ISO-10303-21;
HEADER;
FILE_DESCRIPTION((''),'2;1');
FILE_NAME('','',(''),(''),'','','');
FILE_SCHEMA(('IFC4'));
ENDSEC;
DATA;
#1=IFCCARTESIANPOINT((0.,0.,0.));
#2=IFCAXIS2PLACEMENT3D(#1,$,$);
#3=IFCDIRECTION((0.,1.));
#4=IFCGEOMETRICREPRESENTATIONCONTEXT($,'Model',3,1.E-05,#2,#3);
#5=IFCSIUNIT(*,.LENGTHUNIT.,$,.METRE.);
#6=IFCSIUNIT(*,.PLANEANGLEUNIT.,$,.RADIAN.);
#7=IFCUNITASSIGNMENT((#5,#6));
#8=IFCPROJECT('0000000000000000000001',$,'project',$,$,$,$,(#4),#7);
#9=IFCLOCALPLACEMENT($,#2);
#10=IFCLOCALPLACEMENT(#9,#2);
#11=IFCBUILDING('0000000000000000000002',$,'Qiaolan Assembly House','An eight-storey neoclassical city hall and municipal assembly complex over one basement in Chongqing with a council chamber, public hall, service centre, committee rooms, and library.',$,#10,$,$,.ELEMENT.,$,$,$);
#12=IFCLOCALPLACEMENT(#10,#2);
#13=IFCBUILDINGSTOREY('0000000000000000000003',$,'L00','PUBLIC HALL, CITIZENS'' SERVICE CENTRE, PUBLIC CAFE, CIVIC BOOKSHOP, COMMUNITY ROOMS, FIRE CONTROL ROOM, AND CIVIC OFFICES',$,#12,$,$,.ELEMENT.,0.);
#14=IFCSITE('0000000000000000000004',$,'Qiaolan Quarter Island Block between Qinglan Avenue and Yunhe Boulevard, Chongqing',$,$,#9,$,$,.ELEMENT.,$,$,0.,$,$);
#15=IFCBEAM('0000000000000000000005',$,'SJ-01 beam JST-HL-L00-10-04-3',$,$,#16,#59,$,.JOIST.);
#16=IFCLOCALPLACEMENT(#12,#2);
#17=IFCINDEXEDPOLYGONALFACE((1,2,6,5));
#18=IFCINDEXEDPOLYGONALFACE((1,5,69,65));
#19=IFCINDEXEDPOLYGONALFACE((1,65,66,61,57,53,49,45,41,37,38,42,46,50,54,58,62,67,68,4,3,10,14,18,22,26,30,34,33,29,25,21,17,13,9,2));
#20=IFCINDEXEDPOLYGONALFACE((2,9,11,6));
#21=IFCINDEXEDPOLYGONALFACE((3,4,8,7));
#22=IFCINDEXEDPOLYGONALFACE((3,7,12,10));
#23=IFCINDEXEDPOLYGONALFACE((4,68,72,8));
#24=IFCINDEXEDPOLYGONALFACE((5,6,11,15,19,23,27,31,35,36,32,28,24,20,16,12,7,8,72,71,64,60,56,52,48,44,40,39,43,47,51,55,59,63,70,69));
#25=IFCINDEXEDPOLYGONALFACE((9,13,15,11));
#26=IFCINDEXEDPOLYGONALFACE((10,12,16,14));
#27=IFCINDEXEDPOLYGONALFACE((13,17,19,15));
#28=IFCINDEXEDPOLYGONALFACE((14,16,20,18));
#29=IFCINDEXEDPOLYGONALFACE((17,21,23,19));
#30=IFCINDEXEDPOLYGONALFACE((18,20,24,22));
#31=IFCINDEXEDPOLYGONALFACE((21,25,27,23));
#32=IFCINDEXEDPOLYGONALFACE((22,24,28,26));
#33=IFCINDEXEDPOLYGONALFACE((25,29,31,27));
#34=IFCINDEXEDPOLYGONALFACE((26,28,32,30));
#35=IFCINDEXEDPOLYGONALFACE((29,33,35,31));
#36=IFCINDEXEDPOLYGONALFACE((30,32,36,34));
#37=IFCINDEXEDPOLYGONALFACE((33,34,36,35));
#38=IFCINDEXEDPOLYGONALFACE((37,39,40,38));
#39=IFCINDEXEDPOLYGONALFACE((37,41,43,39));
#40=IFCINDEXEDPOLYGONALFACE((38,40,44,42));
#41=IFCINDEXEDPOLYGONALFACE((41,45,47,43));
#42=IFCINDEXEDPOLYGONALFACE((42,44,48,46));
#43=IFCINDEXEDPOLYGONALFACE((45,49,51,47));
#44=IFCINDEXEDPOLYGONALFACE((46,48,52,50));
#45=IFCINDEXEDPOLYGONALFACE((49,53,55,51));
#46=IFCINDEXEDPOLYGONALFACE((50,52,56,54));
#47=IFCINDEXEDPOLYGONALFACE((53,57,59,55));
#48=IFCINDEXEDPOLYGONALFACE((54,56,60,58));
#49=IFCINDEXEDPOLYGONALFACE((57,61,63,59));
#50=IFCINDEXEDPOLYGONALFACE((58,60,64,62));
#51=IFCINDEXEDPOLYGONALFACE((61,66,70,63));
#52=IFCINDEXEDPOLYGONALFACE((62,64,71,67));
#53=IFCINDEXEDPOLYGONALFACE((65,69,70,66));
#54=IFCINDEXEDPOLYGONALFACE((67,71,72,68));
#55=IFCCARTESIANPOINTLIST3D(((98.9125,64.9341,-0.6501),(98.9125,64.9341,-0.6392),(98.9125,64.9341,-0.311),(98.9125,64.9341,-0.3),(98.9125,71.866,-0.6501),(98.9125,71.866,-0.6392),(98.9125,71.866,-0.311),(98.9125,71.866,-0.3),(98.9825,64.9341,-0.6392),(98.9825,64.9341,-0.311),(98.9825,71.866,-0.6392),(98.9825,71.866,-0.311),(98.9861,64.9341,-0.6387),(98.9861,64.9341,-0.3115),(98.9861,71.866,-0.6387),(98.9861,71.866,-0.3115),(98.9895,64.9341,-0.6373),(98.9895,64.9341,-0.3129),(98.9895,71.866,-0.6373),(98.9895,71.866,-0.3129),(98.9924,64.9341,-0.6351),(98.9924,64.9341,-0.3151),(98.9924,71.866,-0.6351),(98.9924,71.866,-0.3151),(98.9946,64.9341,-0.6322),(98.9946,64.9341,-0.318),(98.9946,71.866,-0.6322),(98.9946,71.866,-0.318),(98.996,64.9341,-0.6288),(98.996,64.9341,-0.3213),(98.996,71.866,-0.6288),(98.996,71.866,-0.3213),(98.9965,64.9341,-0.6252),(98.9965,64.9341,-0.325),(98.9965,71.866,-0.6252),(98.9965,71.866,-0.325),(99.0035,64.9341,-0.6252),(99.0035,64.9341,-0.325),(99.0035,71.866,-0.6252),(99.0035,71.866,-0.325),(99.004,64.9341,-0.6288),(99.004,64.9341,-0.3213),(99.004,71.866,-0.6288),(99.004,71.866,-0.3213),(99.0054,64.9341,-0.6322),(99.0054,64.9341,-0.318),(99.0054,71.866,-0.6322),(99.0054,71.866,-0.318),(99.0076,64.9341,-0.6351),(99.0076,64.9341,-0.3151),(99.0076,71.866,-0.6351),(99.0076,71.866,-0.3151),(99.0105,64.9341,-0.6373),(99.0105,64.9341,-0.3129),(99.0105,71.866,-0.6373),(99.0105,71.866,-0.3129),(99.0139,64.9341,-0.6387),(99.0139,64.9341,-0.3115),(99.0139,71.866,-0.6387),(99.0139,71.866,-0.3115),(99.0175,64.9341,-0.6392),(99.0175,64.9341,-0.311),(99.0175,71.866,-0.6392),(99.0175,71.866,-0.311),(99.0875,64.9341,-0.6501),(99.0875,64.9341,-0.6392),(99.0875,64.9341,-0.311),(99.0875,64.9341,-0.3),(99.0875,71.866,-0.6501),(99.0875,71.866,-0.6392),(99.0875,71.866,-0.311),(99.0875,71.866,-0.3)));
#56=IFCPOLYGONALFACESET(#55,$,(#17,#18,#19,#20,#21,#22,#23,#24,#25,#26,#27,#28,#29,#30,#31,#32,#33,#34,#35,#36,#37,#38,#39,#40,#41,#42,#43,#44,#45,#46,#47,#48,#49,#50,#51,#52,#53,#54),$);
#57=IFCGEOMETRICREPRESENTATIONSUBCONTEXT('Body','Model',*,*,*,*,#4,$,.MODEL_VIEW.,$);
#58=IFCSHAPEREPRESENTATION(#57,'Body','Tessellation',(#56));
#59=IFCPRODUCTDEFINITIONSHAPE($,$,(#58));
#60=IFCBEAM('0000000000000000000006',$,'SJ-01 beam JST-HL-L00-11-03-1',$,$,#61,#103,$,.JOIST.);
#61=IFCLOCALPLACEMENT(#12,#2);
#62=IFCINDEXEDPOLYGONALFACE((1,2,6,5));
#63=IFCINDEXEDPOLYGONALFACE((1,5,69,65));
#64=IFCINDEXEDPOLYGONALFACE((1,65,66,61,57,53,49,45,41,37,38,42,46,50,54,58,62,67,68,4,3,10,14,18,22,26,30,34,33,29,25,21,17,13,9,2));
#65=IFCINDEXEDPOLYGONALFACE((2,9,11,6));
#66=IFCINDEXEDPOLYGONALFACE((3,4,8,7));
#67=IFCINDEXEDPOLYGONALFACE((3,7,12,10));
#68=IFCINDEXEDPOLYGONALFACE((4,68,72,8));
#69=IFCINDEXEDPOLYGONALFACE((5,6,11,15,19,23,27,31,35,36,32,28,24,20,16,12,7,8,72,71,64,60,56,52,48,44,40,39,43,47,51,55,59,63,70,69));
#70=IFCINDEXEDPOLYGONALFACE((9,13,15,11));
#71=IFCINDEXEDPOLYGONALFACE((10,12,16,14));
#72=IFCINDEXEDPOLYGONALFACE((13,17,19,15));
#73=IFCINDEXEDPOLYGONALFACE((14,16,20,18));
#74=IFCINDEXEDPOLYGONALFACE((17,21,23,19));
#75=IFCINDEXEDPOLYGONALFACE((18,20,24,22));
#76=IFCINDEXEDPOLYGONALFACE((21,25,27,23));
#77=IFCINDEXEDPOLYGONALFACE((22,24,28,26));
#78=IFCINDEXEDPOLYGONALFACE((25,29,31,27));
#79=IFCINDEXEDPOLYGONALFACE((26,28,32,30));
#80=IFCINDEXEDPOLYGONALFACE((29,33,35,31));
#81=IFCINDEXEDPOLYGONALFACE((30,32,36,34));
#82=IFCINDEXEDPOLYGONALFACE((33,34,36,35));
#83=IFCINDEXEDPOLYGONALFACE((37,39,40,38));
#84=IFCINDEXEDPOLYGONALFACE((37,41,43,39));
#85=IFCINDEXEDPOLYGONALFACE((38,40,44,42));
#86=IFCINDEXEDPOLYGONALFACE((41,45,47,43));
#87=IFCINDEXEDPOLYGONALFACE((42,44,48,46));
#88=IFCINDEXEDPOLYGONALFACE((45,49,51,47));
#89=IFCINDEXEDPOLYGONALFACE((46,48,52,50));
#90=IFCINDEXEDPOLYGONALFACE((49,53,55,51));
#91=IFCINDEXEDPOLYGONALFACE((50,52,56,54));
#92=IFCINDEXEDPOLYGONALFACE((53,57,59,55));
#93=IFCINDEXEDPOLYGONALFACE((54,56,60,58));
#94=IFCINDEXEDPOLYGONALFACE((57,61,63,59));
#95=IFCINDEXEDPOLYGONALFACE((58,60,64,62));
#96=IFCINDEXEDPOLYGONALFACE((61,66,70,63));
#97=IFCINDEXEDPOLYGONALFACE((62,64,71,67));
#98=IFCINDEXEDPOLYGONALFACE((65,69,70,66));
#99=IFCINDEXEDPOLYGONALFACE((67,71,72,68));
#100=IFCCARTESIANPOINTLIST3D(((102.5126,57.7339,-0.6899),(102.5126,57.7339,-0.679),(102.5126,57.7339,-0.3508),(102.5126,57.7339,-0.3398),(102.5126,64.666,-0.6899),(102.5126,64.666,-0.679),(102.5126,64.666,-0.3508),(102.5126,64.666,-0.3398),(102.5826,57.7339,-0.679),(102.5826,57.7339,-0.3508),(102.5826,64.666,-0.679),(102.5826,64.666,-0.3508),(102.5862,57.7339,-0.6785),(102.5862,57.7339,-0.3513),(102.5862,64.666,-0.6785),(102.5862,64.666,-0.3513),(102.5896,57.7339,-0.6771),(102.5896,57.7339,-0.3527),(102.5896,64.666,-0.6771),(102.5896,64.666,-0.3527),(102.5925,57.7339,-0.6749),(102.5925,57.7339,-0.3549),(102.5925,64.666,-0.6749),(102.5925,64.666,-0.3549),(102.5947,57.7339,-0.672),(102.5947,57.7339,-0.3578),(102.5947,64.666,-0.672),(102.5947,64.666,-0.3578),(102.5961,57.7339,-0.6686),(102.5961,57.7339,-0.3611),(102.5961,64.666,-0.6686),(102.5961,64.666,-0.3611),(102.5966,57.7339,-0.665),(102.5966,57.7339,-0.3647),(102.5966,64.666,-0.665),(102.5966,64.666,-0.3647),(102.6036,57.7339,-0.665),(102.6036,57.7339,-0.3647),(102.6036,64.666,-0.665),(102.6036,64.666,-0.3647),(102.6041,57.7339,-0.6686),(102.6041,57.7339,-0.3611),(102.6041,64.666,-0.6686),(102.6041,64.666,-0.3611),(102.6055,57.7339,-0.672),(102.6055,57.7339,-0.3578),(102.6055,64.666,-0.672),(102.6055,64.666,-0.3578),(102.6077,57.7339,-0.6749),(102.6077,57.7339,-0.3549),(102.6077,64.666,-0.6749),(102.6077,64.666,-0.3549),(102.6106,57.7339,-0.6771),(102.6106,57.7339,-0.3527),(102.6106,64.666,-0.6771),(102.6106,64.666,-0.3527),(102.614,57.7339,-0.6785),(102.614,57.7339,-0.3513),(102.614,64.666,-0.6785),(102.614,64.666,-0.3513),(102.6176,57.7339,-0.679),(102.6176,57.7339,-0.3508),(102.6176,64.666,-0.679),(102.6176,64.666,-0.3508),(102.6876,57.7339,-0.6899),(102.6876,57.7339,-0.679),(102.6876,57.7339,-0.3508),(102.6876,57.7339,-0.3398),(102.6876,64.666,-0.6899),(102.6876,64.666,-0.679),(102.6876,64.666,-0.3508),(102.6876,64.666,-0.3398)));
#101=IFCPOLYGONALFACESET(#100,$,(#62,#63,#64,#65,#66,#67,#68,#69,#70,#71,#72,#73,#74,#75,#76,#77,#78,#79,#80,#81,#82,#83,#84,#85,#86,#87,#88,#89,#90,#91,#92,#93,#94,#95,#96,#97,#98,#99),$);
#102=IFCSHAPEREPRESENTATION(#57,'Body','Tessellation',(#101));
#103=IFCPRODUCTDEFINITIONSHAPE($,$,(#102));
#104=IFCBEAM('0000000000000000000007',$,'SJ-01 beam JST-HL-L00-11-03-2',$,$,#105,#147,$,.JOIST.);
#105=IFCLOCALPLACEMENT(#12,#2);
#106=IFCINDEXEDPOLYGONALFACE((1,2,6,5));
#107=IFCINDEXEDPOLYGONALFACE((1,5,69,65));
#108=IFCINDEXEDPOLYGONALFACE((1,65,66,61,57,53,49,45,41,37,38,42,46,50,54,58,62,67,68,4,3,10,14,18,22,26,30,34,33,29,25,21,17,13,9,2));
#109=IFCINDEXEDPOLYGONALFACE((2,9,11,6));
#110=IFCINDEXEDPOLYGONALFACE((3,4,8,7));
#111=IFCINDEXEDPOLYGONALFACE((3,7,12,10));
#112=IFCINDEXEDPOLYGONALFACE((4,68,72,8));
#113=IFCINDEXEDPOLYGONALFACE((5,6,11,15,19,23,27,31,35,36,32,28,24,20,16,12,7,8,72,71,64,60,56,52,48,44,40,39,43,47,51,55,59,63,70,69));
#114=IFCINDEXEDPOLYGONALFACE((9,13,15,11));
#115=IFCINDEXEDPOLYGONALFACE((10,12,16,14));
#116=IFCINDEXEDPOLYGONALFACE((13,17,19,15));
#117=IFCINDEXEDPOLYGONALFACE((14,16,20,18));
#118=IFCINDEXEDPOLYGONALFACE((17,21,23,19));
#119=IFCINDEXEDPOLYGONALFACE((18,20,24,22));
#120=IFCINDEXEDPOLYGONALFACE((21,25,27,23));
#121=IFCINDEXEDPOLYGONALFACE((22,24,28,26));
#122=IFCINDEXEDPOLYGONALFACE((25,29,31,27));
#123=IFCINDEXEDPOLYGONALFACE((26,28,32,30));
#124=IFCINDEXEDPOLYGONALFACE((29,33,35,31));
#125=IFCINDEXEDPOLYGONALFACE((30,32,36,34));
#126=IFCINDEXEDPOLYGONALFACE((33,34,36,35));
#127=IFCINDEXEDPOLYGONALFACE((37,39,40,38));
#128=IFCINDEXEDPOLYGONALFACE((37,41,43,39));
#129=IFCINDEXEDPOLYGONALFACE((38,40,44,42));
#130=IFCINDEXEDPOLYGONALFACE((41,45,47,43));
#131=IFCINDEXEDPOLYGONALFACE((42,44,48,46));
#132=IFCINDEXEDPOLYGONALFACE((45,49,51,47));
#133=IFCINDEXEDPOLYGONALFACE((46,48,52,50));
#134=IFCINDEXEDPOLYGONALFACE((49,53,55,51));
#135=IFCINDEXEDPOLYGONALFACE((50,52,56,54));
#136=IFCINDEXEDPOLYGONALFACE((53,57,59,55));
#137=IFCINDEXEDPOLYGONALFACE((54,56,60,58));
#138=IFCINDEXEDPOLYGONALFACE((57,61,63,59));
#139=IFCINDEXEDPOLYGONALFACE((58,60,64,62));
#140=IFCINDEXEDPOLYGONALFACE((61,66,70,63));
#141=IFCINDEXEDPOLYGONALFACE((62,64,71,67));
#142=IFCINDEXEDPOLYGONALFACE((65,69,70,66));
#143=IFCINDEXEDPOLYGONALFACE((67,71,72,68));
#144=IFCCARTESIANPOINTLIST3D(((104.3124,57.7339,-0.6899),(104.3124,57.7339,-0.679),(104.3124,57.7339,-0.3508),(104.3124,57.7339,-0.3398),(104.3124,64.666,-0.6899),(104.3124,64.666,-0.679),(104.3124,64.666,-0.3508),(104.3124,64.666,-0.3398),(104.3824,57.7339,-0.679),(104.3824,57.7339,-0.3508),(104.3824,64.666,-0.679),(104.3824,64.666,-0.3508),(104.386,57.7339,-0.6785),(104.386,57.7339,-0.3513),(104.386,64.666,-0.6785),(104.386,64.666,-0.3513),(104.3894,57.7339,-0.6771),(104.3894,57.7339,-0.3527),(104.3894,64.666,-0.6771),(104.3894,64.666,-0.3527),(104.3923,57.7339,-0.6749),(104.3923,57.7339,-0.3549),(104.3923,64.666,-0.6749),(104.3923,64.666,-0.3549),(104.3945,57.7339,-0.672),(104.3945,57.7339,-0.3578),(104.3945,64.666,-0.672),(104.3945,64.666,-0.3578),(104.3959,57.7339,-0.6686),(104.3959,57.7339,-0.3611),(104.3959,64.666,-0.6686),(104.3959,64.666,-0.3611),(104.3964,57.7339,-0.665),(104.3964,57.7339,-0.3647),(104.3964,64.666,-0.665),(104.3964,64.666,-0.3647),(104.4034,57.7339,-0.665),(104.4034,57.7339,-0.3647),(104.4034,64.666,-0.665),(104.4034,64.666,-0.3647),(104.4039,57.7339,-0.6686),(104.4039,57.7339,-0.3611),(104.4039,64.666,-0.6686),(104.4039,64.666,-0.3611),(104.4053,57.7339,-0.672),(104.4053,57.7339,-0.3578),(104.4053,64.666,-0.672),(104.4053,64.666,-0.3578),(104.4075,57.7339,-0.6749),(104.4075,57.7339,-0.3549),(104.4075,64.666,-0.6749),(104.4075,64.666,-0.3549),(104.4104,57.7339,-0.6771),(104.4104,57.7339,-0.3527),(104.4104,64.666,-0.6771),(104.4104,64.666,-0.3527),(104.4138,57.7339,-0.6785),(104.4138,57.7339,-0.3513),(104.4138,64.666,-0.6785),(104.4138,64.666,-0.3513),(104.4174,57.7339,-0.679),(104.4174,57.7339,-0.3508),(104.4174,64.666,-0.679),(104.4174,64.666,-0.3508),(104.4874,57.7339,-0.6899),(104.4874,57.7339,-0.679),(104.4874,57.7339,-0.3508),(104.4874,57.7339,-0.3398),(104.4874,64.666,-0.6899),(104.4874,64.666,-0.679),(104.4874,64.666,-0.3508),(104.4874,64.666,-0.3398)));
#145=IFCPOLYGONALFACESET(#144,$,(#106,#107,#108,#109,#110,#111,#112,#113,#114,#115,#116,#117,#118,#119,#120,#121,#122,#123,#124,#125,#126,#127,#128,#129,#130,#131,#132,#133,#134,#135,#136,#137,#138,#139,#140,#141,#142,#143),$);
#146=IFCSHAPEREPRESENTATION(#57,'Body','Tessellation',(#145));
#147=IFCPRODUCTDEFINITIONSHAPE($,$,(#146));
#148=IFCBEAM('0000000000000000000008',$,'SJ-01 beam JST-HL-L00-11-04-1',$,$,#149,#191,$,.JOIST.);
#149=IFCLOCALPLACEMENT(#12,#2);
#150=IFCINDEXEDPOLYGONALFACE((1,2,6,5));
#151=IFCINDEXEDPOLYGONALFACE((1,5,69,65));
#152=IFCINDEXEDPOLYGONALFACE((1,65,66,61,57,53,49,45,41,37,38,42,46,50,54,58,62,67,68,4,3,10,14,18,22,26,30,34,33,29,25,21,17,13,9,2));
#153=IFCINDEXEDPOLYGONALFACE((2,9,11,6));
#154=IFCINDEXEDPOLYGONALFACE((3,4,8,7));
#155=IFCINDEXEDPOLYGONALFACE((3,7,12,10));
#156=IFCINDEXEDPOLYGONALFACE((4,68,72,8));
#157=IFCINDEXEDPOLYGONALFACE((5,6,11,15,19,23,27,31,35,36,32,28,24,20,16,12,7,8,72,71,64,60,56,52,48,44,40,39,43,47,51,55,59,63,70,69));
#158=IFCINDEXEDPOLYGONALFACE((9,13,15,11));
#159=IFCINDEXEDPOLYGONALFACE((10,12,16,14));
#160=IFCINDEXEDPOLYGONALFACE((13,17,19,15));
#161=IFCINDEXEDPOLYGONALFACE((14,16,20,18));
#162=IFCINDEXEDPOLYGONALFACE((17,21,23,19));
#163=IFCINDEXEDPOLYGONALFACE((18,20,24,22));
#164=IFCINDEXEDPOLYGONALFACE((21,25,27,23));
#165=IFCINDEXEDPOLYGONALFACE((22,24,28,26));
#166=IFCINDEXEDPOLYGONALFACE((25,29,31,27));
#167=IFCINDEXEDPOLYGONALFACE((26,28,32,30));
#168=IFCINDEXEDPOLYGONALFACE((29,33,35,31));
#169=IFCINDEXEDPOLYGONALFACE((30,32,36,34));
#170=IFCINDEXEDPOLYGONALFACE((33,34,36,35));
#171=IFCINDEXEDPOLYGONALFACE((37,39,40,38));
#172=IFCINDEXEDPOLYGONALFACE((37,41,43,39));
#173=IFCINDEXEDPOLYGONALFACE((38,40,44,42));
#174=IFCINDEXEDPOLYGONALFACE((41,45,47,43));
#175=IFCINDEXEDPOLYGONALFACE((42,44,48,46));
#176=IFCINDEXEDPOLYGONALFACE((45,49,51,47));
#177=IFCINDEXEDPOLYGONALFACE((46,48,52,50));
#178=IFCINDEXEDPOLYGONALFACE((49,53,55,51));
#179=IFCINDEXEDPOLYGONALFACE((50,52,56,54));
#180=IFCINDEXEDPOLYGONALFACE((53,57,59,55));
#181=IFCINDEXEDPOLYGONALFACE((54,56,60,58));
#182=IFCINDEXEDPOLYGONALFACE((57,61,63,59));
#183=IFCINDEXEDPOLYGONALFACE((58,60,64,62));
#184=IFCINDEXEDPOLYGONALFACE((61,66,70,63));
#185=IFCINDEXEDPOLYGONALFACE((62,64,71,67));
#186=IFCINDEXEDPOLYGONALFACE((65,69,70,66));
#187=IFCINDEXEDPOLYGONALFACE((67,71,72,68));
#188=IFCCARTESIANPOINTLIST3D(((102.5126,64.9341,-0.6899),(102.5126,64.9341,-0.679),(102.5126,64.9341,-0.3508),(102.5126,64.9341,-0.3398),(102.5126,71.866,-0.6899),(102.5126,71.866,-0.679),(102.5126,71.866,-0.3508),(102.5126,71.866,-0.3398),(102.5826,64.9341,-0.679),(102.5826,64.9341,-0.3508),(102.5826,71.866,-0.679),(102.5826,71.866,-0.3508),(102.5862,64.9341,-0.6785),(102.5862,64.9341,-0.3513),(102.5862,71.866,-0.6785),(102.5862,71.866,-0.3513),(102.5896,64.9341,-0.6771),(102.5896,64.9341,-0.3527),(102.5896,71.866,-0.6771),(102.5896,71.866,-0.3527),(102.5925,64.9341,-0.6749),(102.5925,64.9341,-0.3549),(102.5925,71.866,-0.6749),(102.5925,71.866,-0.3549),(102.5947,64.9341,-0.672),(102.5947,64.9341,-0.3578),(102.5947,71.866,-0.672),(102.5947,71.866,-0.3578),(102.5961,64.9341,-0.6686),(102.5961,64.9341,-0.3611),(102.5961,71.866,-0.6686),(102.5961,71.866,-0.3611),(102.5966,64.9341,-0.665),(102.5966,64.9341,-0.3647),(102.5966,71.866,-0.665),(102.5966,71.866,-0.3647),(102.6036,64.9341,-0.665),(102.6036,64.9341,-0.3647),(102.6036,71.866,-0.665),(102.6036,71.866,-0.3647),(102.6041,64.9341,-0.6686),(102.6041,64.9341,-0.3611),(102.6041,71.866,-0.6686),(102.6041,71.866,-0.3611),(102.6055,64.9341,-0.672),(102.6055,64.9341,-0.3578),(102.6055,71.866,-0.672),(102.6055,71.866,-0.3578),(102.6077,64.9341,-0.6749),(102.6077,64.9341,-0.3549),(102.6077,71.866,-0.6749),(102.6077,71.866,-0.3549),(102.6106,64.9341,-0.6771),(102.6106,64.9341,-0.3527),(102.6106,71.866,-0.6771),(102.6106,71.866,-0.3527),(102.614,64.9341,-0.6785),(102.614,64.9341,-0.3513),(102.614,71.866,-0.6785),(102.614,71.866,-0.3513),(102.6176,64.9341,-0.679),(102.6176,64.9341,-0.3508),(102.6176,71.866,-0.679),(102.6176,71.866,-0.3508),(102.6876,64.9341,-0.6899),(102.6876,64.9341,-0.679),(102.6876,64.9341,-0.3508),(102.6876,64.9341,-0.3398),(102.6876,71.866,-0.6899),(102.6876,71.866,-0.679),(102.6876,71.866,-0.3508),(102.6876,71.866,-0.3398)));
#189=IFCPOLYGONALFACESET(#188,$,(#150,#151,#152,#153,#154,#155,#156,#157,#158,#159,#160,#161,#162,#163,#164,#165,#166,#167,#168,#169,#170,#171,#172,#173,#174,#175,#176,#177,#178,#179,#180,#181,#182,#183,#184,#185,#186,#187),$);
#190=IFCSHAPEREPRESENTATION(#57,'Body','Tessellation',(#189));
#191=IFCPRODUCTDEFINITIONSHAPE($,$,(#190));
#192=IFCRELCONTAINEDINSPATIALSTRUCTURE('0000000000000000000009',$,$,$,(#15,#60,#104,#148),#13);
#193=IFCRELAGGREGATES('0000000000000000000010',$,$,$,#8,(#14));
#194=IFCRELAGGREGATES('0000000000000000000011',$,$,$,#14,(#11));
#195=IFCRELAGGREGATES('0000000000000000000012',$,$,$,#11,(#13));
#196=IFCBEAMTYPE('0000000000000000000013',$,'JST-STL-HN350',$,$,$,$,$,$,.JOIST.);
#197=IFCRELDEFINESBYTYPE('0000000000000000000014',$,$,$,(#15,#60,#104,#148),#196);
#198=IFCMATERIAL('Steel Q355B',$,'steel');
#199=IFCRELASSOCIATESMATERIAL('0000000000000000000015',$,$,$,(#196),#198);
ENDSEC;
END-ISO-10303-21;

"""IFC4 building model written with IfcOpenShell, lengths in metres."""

from ifc_helpers import new_model, si_unit, direction, frame, origin, origin_2d, place, context, subcontext, project, spatial, i_section, extrude, material, material_profile, profile_set, type_object, element, save


model = new_model("IFC4")

# Units and contexts
model_context = context("Model", 3, precision=1e-05, world=origin(), true_north=direction((0.0, 1.0)))
body_context = subcontext(model_context, "Body", "Model", "MODEL_VIEW")
ifc_project = project(units=[si_unit("LENGTHUNIT", "METRE"), si_unit("PLANEANGLEUNIT", "RADIAN")], contexts=[model_context])

# Site, building, storey
site_placement = place(None, origin())
site = spatial("IfcSite", under=ifc_project, at=site_placement, Name="Qiaolan Quarter Island Block between Qinglan Avenue and Yunhe Boulevard, Chongqing", CompositionType="ELEMENT", RefElevation=0.0)
building_placement = place(site_placement, origin())
building = spatial("IfcBuilding", under=site, at=building_placement, Name="Qiaolan Assembly House", Description="An eight-storey neoclassical city hall and municipal assembly complex over one basement in Chongqing with a council chamber, public hall, service centre, committee rooms, and library.", CompositionType="ELEMENT")
storey_placement = place(building_placement, origin())
storey = spatial("IfcBuildingStorey", under=building, at=storey_placement, Name="L00", Description="PUBLIC HALL, CITIZENS' SERVICE CENTRE, PUBLIC CAFE, CIVIC BOOKSHOP, COMMUNITY ROOMS, FIRE CONTROL ROOM, AND CIVIC OFFICES", CompositionType="ELEMENT", Elevation=0.0)

# Shared definitions
ifc_material = material(Name="Steel Q355B", Category="steel")

# Beams
ifc_material_profile_1 = material_profile(ifc_material, i_section(OverallWidth=0.175, OverallDepth=0.3501, WebThickness=0.0071, FlangeThickness=0.011, FilletRadius=0.0139, at=origin_2d()), Name="HN 350x175x7x11")
ifc_profile_set_1 = profile_set([ifc_material_profile_1], Name="Steel Q355B")
beam_type_1 = type_object("IfcBeamType", Name="JST-STL-HN350", PredefinedType="JOIST", material=ifc_profile_set_1)
for number, where, z_axis, x_axis, name in (
    (1, (99.0, 64.9341, -0.4751), (0.0, 1.0, 0.0), (-1.0, 0.0, 0.0), "SJ-01 beam JST-HL-L00-10-04-3"),
):
    element("IfcBeam", number, at=place(storey_placement, frame(where, z_axis=z_axis, x_axis=x_axis)), inside=storey, type_object=beam_type_1, Name=name, PredefinedType="JOIST", context=body_context, shape_type="SweptSolid", body=[
        extrude(i_section(OverallWidth=0.175, OverallDepth=0.3501, WebThickness=0.0071, FlangeThickness=0.011, FilletRadius=0.0139, at=origin_2d()), origin(), (0.0, 0.0, 1.0), 6.9319),
    ])
for number, where, z_axis, x_axis, name in (
    (2, (102.6001, 57.7339, -0.5149), (0.0, 1.0, 0.0), (-1.0, 0.0, 0.0), "SJ-01 beam JST-HL-L00-11-03-1"),
    (3, (104.3999, 57.7339, -0.5149), (0.0, 1.0, 0.0), (-1.0, 0.0, 0.0), "SJ-01 beam JST-HL-L00-11-03-2"),
):
    element("IfcBeam", number, at=place(storey_placement, frame(where, z_axis=z_axis, x_axis=x_axis)), inside=storey, type_object=beam_type_1, Name=name, PredefinedType="JOIST", context=body_context, shape_type="SweptSolid", body=[
        extrude(i_section(OverallWidth=0.175, OverallDepth=0.3501, WebThickness=0.0071, FlangeThickness=0.011, FilletRadius=0.0139, at=origin_2d()), origin(), (0.0, 0.0, 1.0), 6.9321),
    ])
for number, where, z_axis, x_axis, name in (
    (4, (102.6001, 64.9341, -0.5149), (0.0, 1.0, 0.0), (-1.0, 0.0, 0.0), "SJ-01 beam JST-HL-L00-11-04-1"),
):
    element("IfcBeam", number, at=place(storey_placement, frame(where, z_axis=z_axis, x_axis=x_axis)), inside=storey, type_object=beam_type_1, Name=name, PredefinedType="JOIST", context=body_context, shape_type="SweptSolid", body=[
        extrude(i_section(OverallWidth=0.175, OverallDepth=0.3501, WebThickness=0.0071, FlangeThickness=0.011, FilletRadius=0.0139, at=origin_2d()), origin(), (0.0, 0.0, 1.0), 6.9319),
    ])

save(model, "model.ifc")
